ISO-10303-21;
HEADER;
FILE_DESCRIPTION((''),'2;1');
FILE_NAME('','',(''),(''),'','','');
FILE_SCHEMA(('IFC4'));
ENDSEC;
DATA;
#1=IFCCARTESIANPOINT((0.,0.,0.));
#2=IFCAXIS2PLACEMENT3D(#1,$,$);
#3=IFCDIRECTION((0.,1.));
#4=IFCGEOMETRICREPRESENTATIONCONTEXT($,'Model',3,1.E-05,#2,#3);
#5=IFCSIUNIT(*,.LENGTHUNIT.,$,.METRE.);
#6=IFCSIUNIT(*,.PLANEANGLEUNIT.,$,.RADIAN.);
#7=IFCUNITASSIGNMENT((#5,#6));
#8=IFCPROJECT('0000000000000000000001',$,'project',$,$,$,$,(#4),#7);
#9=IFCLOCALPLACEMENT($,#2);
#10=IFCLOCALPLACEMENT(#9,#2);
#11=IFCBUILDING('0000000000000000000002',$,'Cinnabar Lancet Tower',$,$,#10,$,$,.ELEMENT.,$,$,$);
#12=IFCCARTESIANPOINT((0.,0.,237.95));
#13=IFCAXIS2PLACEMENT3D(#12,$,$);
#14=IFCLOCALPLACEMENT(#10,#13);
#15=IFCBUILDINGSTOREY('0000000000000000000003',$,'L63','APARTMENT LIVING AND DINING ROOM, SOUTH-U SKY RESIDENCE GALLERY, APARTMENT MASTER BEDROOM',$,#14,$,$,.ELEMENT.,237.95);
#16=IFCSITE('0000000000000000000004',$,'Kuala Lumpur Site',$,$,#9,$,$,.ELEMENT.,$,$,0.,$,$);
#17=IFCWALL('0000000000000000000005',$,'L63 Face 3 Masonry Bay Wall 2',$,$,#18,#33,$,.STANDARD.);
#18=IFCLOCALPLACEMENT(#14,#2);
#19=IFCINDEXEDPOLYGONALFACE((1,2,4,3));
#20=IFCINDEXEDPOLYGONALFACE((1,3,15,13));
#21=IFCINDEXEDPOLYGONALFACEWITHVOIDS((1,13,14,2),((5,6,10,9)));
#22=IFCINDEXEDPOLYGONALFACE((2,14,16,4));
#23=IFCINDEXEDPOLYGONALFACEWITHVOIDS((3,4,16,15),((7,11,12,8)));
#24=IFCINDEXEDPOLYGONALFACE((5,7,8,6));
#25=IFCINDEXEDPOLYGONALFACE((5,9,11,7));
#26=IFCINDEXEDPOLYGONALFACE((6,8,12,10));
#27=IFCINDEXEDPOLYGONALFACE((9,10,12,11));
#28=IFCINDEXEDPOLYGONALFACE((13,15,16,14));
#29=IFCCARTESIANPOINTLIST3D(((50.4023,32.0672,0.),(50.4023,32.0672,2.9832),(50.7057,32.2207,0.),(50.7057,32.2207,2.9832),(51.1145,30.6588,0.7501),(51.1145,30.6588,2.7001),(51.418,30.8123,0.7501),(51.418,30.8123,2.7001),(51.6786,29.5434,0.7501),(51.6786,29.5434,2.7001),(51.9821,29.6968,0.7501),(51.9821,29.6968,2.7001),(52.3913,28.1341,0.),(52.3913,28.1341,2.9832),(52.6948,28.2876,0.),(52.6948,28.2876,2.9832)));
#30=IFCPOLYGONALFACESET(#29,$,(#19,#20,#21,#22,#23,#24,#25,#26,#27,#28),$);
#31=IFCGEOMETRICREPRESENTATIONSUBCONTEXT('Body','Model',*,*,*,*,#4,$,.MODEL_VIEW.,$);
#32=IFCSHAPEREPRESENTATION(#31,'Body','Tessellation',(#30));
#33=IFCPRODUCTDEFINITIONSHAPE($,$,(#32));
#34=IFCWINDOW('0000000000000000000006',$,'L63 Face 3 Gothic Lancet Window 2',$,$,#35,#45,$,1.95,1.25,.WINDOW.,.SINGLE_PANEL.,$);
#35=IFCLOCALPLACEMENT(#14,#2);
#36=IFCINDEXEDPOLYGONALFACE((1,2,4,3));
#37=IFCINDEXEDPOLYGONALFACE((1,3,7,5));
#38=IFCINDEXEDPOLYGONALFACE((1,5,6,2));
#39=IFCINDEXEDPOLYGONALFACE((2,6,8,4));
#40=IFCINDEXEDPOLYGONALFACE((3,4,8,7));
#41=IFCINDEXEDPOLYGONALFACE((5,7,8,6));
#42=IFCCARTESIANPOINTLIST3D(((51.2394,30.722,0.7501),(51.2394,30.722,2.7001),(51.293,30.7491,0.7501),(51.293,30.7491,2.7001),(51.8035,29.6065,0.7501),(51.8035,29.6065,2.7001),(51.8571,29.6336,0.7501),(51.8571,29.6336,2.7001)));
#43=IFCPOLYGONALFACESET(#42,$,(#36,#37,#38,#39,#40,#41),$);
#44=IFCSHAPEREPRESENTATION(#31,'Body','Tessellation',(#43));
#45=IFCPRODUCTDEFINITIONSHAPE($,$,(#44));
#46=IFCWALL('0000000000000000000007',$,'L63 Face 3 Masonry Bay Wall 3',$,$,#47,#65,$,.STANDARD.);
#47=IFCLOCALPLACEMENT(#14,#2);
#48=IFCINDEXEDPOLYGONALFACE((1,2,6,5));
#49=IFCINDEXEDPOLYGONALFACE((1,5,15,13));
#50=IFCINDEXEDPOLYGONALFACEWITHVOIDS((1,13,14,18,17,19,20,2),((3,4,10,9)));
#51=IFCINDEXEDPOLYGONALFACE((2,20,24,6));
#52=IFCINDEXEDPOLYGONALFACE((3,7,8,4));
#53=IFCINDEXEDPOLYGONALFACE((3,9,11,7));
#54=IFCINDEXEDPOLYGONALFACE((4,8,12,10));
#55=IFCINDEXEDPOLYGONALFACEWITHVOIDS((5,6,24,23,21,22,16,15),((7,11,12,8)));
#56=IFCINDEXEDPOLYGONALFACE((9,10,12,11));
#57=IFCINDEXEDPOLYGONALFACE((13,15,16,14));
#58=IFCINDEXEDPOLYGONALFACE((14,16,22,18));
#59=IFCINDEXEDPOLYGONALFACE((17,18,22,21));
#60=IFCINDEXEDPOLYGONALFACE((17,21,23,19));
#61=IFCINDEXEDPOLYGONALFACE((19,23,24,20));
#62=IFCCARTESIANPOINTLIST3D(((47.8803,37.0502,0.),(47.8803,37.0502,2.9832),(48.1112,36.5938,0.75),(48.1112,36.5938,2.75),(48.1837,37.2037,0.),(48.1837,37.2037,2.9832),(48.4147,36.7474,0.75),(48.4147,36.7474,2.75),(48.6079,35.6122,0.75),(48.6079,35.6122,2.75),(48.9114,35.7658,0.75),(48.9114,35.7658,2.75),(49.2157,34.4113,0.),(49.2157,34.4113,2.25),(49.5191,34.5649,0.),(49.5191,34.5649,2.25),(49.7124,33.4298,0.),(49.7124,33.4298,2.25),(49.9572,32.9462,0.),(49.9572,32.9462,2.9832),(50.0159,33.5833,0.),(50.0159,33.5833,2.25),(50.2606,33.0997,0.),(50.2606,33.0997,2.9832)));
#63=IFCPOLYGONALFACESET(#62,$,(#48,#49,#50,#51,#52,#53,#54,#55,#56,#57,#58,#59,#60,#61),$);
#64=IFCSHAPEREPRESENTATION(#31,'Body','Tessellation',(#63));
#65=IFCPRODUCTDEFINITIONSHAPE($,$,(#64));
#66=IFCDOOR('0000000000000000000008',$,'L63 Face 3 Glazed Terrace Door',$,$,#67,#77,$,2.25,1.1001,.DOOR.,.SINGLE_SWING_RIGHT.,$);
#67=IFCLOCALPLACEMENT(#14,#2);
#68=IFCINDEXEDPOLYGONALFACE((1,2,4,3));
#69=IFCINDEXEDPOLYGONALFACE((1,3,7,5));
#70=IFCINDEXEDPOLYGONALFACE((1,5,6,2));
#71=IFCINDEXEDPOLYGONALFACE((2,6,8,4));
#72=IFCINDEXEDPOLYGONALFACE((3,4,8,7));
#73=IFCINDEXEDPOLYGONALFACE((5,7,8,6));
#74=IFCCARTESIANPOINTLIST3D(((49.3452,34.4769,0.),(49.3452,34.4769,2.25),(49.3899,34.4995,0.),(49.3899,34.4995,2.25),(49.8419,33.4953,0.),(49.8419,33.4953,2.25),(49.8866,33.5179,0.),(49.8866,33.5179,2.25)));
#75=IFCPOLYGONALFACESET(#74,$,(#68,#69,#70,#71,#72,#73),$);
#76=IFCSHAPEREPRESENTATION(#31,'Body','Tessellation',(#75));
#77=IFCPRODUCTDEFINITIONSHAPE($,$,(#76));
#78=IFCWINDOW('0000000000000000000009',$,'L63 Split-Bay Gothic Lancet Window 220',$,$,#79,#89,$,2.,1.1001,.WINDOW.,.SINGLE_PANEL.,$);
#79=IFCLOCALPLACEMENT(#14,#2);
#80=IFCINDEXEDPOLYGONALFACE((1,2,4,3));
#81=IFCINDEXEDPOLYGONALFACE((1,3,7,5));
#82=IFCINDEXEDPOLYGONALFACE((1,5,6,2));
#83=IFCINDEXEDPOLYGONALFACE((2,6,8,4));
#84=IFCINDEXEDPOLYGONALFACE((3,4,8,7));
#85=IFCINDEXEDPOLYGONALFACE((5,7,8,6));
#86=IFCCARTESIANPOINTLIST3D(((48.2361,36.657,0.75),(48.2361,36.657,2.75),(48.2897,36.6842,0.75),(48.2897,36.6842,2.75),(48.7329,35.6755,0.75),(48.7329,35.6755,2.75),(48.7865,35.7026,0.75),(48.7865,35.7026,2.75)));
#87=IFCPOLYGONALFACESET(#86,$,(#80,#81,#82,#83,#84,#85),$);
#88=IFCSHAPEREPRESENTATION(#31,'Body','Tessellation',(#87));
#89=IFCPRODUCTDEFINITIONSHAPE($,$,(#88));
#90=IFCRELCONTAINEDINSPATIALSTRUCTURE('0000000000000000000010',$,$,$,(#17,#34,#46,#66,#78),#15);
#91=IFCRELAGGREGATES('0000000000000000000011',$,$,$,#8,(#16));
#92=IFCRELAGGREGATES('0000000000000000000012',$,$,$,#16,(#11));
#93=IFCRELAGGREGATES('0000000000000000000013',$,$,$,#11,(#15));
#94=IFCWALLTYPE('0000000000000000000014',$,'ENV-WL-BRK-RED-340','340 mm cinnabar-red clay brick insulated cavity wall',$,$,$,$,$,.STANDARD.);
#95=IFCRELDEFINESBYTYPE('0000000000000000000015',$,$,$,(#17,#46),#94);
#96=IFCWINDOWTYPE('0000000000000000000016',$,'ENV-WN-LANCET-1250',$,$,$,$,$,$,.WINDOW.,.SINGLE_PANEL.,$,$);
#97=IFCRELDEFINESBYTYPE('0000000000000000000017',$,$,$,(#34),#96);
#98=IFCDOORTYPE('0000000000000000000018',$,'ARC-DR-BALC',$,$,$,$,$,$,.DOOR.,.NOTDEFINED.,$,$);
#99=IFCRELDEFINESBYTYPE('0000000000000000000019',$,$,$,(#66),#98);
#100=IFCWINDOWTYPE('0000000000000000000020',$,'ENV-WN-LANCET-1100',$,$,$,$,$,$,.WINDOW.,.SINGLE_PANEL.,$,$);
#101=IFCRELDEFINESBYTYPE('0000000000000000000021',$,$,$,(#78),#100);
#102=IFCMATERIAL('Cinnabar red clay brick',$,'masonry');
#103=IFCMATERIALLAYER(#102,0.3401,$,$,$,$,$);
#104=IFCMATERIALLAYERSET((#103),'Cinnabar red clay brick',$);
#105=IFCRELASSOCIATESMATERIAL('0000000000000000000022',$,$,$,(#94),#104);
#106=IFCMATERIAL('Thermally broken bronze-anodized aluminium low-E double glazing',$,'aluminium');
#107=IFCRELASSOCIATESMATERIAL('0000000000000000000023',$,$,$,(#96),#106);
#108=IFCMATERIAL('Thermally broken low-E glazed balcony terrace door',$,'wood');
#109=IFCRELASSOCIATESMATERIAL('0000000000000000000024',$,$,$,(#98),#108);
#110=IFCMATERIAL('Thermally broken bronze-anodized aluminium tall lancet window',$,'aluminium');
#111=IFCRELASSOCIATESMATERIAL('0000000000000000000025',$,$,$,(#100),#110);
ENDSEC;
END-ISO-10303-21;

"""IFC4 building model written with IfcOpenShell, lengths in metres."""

from ifc_helpers import new_model, si_unit, direction, frame, frame_2d, origin, place, context, subcontext, project, spatial, rectangle, extrude, material, layer, layer_set, type_object, element, fill, save


model = new_model("IFC4")

# Units and contexts
model_context = context("Model", 3, precision=1e-05, world=origin(), true_north=direction((0.0, 1.0)))
body_context = subcontext(model_context, "Body", "Model", "MODEL_VIEW")
ifc_project = project(units=[si_unit("LENGTHUNIT", "METRE"), si_unit("PLANEANGLEUNIT", "RADIAN")], contexts=[model_context])

# Site, building, storey
site_placement = place(None, origin())
site = spatial("IfcSite", under=ifc_project, at=site_placement, Name="Kuala Lumpur Site", CompositionType="ELEMENT", RefElevation=0.0)
building_placement = place(site_placement, origin())
building = spatial("IfcBuilding", under=site, at=building_placement, Name="Cinnabar Lancet Tower", CompositionType="ELEMENT")
storey_placement = place(building_placement, frame((0.0, 0.0, 237.95)))
storey = spatial("IfcBuildingStorey", under=building, at=storey_placement, Name="L63", Description="APARTMENT LIVING AND DINING ROOM, SOUTH-U SKY RESIDENCE GALLERY, APARTMENT MASTER BEDROOM", CompositionType="ELEMENT", Elevation=237.95)

# Shared definitions
ifc_material_1 = material(Name="Cinnabar red clay brick", Category="masonry")
ifc_layer_1 = layer(ifc_material_1, 0.3401)
ifc_layer_set_1 = layer_set([ifc_layer_1], Name="Cinnabar red clay brick")
wall_type_1 = type_object("IfcWallType", Name="ENV-WL-BRK-RED-340", Description="340 mm cinnabar-red clay brick insulated cavity wall", PredefinedType="STANDARD", material=ifc_layer_set_1)

# Wall, opening, window
wall_1_placement = place(storey_placement, frame((52.543, 28.2109, 0.0), z_axis=(0.0, 0.0, 1.0), x_axis=(-0.451286, 0.892379, 0.0)))
wall_1 = element("IfcWall", 1, at=wall_1_placement, inside=storey, type_object=wall_type_1, Name="L63 Face 3 Masonry Bay Wall 2", PredefinedType="STANDARD", context=body_context, shape_type="SweptSolid", body=[
    extrude(rectangle(XDim=4.4075, YDim=0.3401, at=frame_2d((2.2036, 0.0))), origin(), (0.0, 0.0, 1.0), 2.9832),
])
opening_1_placement = place(wall_1_placement, frame((1.5791, 0.0, 0.75)))
opening_1 = element("IfcOpeningElement", 2, at=opening_1_placement, cuts=wall_1, PredefinedType="OPENING", context=body_context, shape_type="SweptSolid", body=[
    extrude(rectangle(XDim=1.25, YDim=1.95, at=frame_2d((0.625, 0.9751))), frame((0.0, 0.1799, 0.0), z_axis=(0.0, -1.0, 0.0), x_axis=(1.0, 0.0, 0.0)), (0.0, 0.0, 1.0), 0.3601),
])
ifc_material_2 = material(Name="Thermally broken bronze-anodized aluminium low-E double glazing", Category="aluminium")
window_type_1 = type_object("IfcWindowType", Name="ENV-WN-LANCET-1250", PartitioningType="SINGLE_PANEL", PredefinedType="WINDOW", material=ifc_material_2)
window_1_placement = place(opening_1_placement, origin())
window_1 = element("IfcWindow", 3, at=window_1_placement, inside=storey, type_object=window_type_1, Name="L63 Face 3 Gothic Lancet Window 2", OverallHeight=1.95, OverallWidth=1.25, PartitioningType="SINGLE_PANEL", PredefinedType="WINDOW", context=body_context, shape_type="SweptSolid", body=[
    extrude(rectangle(XDim=1.25, YDim=1.95, at=frame_2d((0.625, 0.9751))), frame((0.0, 0.03, 0.0), z_axis=(0.0, -1.0, 0.0), x_axis=(1.0, 0.0, 0.0)), (0.0, 0.0, 1.0), 0.0601),
])
fill(opening_1, window_1)

# Wall, openings, door, window
wall_2_placement = place(storey_placement, frame((50.1089, 33.0229, 0.0), z_axis=(0.0, 0.0, 1.0), x_axis=(-0.45154, 0.892251, 0.0)))
wall_2 = element("IfcWall", 4, at=wall_2_placement, inside=storey, type_object=wall_type_1, Name="L63 Face 3 Masonry Bay Wall 3", PredefinedType="STANDARD", context=body_context, shape_type="SweptSolid", body=[
    extrude(rectangle(XDim=4.5996, YDim=0.3401, at=frame_2d((2.2998, 0.0))), origin(), (0.0, 0.0, 1.0), 2.9832),
])
opening_2_placement = place(wall_2_placement, frame((0.542, 0.0, 0.0)))
opening_2 = element("IfcOpeningElement", 5, at=opening_2_placement, cuts=wall_2, PredefinedType="OPENING", context=body_context, shape_type="SweptSolid", body=[
    extrude(rectangle(XDim=1.1001, YDim=2.25, at=frame_2d((0.55, 1.125))), frame((0.0, 0.1799, 0.0), z_axis=(0.0, -1.0, 0.0), x_axis=(1.0, 0.0, 0.0)), (0.0, 0.0, 1.0), 0.3601),
])
opening_3_placement = place(wall_2_placement, frame((2.988, 0.0, 0.75)))
opening_3 = element("IfcOpeningElement", 6, at=opening_3_placement, cuts=wall_2, PredefinedType="OPENING", context=body_context, shape_type="SweptSolid", body=[
    extrude(rectangle(XDim=1.1001, YDim=2.0, at=frame_2d((0.55, 1.0))), frame((0.0, 0.1799, 0.0), z_axis=(0.0, -1.0, 0.0), x_axis=(1.0, 0.0, 0.0)), (0.0, 0.0, 1.0), 0.3601),
])
ifc_material_3 = material(Name="Thermally broken low-E glazed balcony terrace door", Category="wood")
door_type = type_object("IfcDoorType", Name="ARC-DR-BALC", OperationType="NOTDEFINED", PredefinedType="DOOR", material=ifc_material_3)
door_placement = place(opening_2_placement, origin())
door = element("IfcDoor", 7, at=door_placement, inside=storey, type_object=door_type, Name="L63 Face 3 Glazed Terrace Door", OperationType="SINGLE_SWING_RIGHT", OverallHeight=2.25, OverallWidth=1.1001, PredefinedType="DOOR", context=body_context, shape_type="SweptSolid", body=[
    extrude(rectangle(XDim=1.1001, YDim=2.25, at=frame_2d((0.55, 1.125))), frame((0.0, 0.0249, 0.0), z_axis=(0.0, -1.0, 0.0), x_axis=(1.0, 0.0, 0.0)), (0.0, 0.0, 1.0), 0.05),
])
fill(opening_2, door)
ifc_material_4 = material(Name="Thermally broken bronze-anodized aluminium tall lancet window", Category="aluminium")
window_type_2 = type_object("IfcWindowType", Name="ENV-WN-LANCET-1100", PartitioningType="SINGLE_PANEL", PredefinedType="WINDOW", material=ifc_material_4)
window_2_placement = place(opening_3_placement, origin())
window_2 = element("IfcWindow", 8, at=window_2_placement, inside=storey, type_object=window_type_2, Name="L63 Split-Bay Gothic Lancet Window 220", OverallHeight=2.0, OverallWidth=1.1001, PartitioningType="SINGLE_PANEL", PredefinedType="WINDOW", context=body_context, shape_type="SweptSolid", body=[
    extrude(rectangle(XDim=1.1001, YDim=2.0, at=frame_2d((0.55, 1.0))), frame((0.0, 0.03, 0.0), z_axis=(0.0, -1.0, 0.0), x_axis=(1.0, 0.0, 0.0)), (0.0, 0.0, 1.0), 0.0601),
])
fill(opening_3, window_2)

save(model, "model.ifc")
